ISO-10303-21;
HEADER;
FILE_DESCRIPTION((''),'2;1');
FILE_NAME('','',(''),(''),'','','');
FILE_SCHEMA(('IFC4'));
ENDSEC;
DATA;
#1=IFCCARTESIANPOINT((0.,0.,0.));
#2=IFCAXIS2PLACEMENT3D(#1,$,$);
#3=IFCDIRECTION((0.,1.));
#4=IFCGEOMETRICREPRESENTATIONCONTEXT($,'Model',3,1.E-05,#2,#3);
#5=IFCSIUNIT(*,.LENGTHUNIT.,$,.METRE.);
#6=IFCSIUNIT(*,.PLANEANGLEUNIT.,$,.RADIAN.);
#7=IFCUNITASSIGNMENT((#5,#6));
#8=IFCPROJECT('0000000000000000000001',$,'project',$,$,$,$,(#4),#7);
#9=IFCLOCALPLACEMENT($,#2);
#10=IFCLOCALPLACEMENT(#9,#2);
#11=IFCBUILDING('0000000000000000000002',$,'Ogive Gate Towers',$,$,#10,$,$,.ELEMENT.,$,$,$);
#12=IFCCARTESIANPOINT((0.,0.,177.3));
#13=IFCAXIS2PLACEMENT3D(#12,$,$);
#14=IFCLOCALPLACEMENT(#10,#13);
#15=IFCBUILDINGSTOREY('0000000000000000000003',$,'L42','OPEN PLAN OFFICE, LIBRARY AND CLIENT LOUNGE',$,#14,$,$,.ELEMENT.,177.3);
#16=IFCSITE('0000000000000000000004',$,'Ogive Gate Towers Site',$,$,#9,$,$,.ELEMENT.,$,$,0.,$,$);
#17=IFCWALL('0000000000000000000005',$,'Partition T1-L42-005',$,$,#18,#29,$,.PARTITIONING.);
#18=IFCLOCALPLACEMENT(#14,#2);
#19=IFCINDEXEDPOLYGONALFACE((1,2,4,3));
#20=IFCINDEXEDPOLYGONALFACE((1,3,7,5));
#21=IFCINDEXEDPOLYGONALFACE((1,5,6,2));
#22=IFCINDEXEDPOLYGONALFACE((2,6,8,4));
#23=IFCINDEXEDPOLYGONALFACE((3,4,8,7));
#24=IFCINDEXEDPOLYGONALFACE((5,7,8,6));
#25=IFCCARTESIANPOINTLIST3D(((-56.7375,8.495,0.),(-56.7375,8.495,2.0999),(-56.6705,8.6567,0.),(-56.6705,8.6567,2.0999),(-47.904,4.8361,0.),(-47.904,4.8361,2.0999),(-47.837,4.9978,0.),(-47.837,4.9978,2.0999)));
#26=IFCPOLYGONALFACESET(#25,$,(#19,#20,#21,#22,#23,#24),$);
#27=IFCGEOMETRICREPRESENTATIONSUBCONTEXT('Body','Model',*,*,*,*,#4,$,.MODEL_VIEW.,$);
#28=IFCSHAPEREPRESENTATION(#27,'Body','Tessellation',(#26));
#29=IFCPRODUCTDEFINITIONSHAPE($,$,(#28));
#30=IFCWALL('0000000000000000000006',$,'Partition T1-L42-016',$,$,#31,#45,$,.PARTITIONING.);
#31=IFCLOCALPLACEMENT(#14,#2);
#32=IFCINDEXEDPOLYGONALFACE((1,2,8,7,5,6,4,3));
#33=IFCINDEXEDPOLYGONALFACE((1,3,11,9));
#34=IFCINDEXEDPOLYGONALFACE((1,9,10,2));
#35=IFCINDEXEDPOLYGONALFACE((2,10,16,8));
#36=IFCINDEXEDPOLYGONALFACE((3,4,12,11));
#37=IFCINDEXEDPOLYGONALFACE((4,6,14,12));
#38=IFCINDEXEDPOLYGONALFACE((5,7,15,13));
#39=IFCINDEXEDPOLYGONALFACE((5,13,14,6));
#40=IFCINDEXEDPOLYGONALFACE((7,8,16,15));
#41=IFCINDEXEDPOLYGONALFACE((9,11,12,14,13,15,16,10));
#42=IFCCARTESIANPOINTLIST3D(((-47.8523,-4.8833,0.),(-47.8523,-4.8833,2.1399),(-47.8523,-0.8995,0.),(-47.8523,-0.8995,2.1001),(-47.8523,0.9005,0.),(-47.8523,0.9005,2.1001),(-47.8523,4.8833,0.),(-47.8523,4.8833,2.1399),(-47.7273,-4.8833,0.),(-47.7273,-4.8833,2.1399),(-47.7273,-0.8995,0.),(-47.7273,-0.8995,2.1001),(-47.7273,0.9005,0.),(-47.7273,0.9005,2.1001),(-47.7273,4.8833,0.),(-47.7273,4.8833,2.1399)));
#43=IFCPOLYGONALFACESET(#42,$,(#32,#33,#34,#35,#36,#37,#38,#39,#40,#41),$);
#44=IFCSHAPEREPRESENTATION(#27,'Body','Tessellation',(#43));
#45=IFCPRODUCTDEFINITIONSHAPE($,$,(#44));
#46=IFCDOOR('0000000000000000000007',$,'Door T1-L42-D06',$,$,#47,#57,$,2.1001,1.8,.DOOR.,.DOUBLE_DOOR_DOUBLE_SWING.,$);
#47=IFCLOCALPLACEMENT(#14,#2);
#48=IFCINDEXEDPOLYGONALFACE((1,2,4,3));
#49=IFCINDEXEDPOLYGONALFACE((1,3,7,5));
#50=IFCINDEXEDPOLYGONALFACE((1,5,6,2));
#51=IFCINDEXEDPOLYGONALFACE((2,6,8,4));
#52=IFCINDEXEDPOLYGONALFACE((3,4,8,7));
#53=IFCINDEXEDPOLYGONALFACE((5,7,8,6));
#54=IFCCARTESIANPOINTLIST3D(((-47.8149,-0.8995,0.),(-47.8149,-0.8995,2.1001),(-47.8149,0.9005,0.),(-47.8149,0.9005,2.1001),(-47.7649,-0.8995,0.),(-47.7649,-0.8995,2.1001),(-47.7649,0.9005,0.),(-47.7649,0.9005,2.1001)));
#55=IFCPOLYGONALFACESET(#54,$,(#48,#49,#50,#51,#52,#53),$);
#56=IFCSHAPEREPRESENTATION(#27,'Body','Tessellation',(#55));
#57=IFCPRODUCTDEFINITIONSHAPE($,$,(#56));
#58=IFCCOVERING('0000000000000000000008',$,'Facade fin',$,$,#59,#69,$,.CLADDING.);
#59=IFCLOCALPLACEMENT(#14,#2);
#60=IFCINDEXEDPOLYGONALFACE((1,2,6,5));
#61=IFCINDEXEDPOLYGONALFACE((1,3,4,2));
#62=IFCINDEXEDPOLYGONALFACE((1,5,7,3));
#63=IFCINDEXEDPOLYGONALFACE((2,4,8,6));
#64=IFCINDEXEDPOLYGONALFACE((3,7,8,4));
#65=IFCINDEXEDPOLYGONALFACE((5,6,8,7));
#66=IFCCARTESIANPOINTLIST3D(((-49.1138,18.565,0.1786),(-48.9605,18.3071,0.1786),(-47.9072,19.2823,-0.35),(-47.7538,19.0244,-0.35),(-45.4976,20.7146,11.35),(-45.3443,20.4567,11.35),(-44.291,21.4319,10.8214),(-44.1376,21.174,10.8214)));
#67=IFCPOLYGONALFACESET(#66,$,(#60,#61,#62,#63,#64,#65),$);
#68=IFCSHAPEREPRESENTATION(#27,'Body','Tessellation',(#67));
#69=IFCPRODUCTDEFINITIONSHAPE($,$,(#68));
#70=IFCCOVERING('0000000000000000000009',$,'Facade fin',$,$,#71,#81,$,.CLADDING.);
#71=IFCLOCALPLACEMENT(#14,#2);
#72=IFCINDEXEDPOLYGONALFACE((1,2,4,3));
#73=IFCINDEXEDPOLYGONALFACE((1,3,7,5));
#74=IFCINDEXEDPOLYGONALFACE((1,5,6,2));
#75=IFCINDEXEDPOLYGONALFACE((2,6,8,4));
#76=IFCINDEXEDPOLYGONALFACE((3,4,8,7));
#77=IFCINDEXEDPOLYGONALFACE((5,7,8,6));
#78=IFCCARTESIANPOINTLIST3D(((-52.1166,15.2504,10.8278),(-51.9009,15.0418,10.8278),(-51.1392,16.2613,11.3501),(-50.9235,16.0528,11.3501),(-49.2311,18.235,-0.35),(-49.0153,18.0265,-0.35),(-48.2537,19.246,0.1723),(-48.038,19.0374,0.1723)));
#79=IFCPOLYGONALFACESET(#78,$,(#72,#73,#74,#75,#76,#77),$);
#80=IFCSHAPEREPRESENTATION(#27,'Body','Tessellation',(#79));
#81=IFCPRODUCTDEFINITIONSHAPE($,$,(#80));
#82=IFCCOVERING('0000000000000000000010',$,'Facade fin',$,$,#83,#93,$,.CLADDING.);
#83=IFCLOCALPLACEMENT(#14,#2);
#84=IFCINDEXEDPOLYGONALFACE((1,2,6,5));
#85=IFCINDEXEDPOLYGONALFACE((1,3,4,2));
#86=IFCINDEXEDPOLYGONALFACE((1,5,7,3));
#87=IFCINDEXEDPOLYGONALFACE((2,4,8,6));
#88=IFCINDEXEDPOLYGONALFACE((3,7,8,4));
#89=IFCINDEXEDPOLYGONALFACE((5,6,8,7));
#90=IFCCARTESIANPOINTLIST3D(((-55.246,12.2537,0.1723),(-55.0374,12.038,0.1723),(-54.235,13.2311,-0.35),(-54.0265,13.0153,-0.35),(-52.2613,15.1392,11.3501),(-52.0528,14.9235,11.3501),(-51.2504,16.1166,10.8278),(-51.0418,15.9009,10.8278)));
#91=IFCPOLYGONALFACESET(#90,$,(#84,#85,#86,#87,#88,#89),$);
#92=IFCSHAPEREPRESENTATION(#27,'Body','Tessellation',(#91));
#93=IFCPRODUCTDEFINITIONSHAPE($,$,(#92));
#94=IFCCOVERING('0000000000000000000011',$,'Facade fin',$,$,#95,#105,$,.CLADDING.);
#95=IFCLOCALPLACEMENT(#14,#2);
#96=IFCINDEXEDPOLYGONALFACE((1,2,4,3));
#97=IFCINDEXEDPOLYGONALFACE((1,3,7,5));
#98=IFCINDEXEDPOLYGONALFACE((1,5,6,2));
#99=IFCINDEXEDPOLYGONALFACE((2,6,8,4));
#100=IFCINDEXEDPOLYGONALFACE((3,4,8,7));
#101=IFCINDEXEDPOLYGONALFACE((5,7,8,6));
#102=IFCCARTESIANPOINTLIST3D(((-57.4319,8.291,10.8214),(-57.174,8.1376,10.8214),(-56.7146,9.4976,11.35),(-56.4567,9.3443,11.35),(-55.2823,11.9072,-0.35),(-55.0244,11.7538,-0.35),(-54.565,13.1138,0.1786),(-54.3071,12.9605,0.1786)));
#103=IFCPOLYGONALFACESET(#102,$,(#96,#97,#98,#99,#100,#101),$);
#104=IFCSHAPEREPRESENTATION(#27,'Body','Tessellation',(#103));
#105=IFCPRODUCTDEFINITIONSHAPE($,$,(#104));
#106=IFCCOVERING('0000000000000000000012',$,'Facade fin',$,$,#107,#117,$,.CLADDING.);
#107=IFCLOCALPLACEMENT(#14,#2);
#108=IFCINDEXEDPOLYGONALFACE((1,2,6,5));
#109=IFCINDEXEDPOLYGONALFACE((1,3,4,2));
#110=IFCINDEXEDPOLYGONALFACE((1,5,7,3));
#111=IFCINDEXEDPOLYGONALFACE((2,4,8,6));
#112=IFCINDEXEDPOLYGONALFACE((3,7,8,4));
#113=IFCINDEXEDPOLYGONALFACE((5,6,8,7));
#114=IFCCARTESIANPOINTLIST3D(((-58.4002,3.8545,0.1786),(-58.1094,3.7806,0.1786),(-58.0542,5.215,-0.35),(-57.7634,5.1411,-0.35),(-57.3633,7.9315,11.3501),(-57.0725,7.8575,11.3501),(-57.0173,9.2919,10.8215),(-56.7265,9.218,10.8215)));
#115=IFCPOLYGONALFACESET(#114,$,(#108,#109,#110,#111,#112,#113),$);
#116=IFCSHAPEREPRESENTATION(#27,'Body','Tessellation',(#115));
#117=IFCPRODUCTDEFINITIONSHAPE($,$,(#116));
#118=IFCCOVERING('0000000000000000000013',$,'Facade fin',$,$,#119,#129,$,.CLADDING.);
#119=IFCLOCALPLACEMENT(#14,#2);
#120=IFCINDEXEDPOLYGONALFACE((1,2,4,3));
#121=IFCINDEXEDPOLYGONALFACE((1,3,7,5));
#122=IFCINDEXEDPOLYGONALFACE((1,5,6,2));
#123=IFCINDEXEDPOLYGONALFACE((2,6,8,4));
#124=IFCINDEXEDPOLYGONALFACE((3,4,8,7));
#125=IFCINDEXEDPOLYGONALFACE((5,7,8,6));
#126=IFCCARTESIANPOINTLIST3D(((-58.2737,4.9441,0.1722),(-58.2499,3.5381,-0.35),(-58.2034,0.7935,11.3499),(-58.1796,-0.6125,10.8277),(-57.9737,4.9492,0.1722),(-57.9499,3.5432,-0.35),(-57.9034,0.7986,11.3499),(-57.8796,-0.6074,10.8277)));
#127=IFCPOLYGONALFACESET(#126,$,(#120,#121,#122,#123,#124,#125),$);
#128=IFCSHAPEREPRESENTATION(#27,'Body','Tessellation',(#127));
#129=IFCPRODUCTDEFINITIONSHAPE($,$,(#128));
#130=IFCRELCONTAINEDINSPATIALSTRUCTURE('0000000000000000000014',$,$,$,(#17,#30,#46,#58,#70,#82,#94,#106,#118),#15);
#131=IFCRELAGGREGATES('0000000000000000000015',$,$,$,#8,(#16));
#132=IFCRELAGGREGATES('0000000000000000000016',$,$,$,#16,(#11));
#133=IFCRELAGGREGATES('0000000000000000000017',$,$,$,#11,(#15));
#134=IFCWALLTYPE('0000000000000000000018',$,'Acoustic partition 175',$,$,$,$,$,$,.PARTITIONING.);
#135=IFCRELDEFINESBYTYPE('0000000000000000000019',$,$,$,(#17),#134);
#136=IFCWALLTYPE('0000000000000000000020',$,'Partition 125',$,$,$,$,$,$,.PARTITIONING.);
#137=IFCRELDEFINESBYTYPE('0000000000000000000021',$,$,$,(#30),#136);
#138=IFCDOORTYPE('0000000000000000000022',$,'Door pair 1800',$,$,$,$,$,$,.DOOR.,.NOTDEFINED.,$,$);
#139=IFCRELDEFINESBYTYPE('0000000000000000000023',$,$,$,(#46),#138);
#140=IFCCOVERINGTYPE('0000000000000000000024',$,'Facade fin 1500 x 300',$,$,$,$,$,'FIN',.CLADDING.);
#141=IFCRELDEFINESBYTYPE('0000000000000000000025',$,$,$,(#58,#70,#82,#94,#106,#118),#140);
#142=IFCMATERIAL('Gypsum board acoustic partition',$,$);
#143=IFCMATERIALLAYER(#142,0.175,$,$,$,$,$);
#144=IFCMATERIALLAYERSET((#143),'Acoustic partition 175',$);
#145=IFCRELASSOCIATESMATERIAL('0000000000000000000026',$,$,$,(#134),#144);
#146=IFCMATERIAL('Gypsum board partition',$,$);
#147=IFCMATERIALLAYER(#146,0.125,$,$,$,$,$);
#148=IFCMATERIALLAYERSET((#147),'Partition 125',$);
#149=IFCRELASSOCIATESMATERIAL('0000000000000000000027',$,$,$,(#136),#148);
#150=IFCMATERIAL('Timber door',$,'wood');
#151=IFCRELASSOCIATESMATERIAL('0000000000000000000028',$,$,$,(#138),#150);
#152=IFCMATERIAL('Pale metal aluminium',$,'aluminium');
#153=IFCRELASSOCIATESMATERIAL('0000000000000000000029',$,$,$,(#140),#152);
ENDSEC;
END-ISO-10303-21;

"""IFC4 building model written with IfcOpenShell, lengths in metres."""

from ifc_helpers import new_model, si_unit, direction, frame, frame_2d, origin, origin_2d, place, context, subcontext, project, spatial, rectangle, extrude, material, layer, layer_set, material_profile, profile_set, type_object, element, fill, save


model = new_model("IFC4")

# Units and contexts
model_context = context("Model", 3, precision=1e-05, world=origin(), true_north=direction((0.0, 1.0)))
body_context = subcontext(model_context, "Body", "Model", "MODEL_VIEW")
ifc_project = project(units=[si_unit("LENGTHUNIT", "METRE"), si_unit("PLANEANGLEUNIT", "RADIAN")], contexts=[model_context])

# Site, building, storey
site_placement = place(None, origin())
site = spatial("IfcSite", under=ifc_project, at=site_placement, Name="Ogive Gate Towers Site", CompositionType="ELEMENT", RefElevation=0.0)
building_placement = place(site_placement, origin())
building = spatial("IfcBuilding", under=site, at=building_placement, Name="Ogive Gate Towers", CompositionType="ELEMENT")
storey_placement = place(building_placement, frame((0.0, 0.0, 177.3)))
storey = spatial("IfcBuildingStorey", under=building, at=storey_placement, Name="L42", Description="OPEN PLAN OFFICE, LIBRARY AND CLIENT LOUNGE", CompositionType="ELEMENT", Elevation=177.3)

# Shared definitions
ifc_material_1 = material(Name="Pale metal aluminium", Category="aluminium")

# Wall
ifc_material_2 = material(Name="Gypsum board acoustic partition")
ifc_layer_1 = layer(ifc_material_2, 0.175)
ifc_layer_set_1 = layer_set([ifc_layer_1], Name="Acoustic partition 175")
wall_type_1 = type_object("IfcWallType", Name="Acoustic partition 175", PredefinedType="PARTITIONING", material=ifc_layer_set_1)
wall_1_placement = place(storey_placement, frame((-56.7041, 8.5759, 0.0), z_axis=(0.0, 0.0, 1.0), x_axis=(0.92388, -0.382682, 0.0)))
element("IfcWall", 1, at=wall_1_placement, inside=storey, type_object=wall_type_1, Name="Partition T1-L42-005", PredefinedType="PARTITIONING", context=body_context, shape_type="SweptSolid", body=[
    extrude(rectangle(XDim=9.5613, YDim=0.175, at=frame_2d((4.7808, 0.0))), origin(), (0.0, 0.0, 1.0), 2.0999),
])

# Wall, opening, door
ifc_material_3 = material(Name="Gypsum board partition")
ifc_layer_2 = layer(ifc_material_3, 0.125)
ifc_layer_set_2 = layer_set([ifc_layer_2], Name="Partition 125")
wall_type_2 = type_object("IfcWallType", Name="Partition 125", PredefinedType="PARTITIONING", material=ifc_layer_set_2)
wall_2_placement = place(storey_placement, frame((-47.7898, 4.8833, 0.0), z_axis=(0.0, 0.0, 1.0), x_axis=(0.0, -1.0, 0.0)))
wall_2 = element("IfcWall", 2, at=wall_2_placement, inside=storey, type_object=wall_type_2, Name="Partition T1-L42-016", PredefinedType="PARTITIONING", context=body_context, shape_type="SweptSolid", body=[
    extrude(rectangle(XDim=9.7666, YDim=0.125, at=frame_2d((4.8833, 0.0))), origin(), (0.0, 0.0, 1.0), 2.1399),
])
opening_placement = place(wall_2_placement, frame((3.9829, 0.0, 0.0)))
opening = element("IfcOpeningElement", 3, at=opening_placement, cuts=wall_2, PredefinedType="OPENING", context=body_context, shape_type="SweptSolid", body=[
    extrude(rectangle(XDim=1.8, YDim=2.1001, at=frame_2d((0.8999, 1.05))), frame((0.0, 0.0725, 0.0), z_axis=(0.0, -1.0, 0.0), x_axis=(1.0, 0.0, 0.0)), (0.0, 0.0, 1.0), 0.145),
])
ifc_material_4 = material(Name="Timber door", Category="wood")
door_type = type_object("IfcDoorType", Name="Door pair 1800", OperationType="NOTDEFINED", PredefinedType="DOOR", material=ifc_material_4)
door_placement = place(opening_placement, origin())
door = element("IfcDoor", 4, at=door_placement, inside=storey, type_object=door_type, Name="Door T1-L42-D06", OperationType="DOUBLE_DOOR_DOUBLE_SWING", OverallHeight=2.1001, OverallWidth=1.8, PredefinedType="DOOR", context=body_context, shape_type="SweptSolid", body=[
    extrude(rectangle(XDim=1.8, YDim=2.1001, at=frame_2d((0.8999, 1.05))), frame((0.0, 0.0249, 0.0), z_axis=(0.0, -1.0, 0.0), x_axis=(1.0, 0.0, 0.0)), (0.0, 0.0, 1.0), 0.05),
])
fill(opening, door)

# Coverings
ifc_material_profile_1 = material_profile(ifc_material_1, rectangle(XDim=0.3, YDim=1.5, at=origin_2d()), Name="1500 x 300 pale metal aluminium")
ifc_profile_set_1 = profile_set([ifc_material_profile_1], Name="Pale metal aluminium")
covering_type = type_object("IfcCoveringType", Name="Facade fin 1500 x 300", ElementType="FIN", PredefinedType="CLADDING", material=ifc_profile_set_1)
covering_1_placement = place(storey_placement, frame((-48.4338, 18.7947, -0.0857), z_axis=(0.302935, 0.18008, 0.935843), x_axis=(-0.510984, 0.85959, 0.0)))
element("IfcCovering", 5, at=covering_1_placement, inside=storey, type_object=covering_type, Name="Facade fin", PredefinedType="CLADDING", context=body_context, shape_type="SweptSolid", body=[
    extrude(rectangle(XDim=0.3, YDim=1.5, at=origin_2d()), origin(), (0.0, 0.0, 1.0), 11.9373),
])
for number, where, z_axis, x_axis, name in (
    (6, (-48.6345, 18.6362, -0.0889), (-0.241996, -0.250309, 0.937435), (0.718944, -0.695068, 0.0), "Facade fin"),
    (7, (-54.6362, 12.6345, -0.0889), (0.250309, 0.241996, 0.937435), (-0.695068, 0.718944, 0.0), "Facade fin"),
):
    element("IfcCovering", number, at=place(storey_placement, frame(where, z_axis=z_axis, x_axis=x_axis)), inside=storey, type_object=covering_type, Name=name, PredefinedType="CLADDING", context=body_context, shape_type="SweptSolid", body=[
        extrude(rectangle(XDim=0.3, YDim=1.5, at=origin_2d()), origin(), (0.0, 0.0, 1.0), 11.9238),
    ])
for number, where, z_axis, x_axis, name in (
    (8, (-54.7947, 12.4338, -0.0857), (-0.18008, -0.302935, 0.935843), (0.85959, -0.510984, 0.0), "Facade fin"),
    (9, (-58.0818, 4.4978, -0.0857), (0.08686, 0.34153, 0.935849), (-0.969148, 0.24648, 0.0), "Facade fin"),
):
    element("IfcCovering", number, at=place(storey_placement, frame(where, z_axis=z_axis, x_axis=x_axis)), inside=storey, type_object=covering_type, Name=name, PredefinedType="CLADDING", context=body_context, shape_type="SweptSolid", body=[
        extrude(rectangle(XDim=0.3, YDim=1.5, at=origin_2d()), origin(), (0.0, 0.0, 1.0), 11.9373),
    ])
covering_2_placement = place(storey_placement, frame((-58.1118, 4.2437, -0.0889), z_axis=(0.005897, -0.3481, 0.937439), x_axis=(0.999857, 0.016938, 0.0)))
element("IfcCovering", 10, at=covering_2_placement, inside=storey, type_object=covering_type, Name="Facade fin", PredefinedType="CLADDING", context=body_context, shape_type="SweptSolid", body=[
    extrude(rectangle(XDim=0.3, YDim=1.5, at=origin_2d()), origin(), (0.0, 0.0, 1.0), 11.9236),
])

save(model, "model.ifc")
